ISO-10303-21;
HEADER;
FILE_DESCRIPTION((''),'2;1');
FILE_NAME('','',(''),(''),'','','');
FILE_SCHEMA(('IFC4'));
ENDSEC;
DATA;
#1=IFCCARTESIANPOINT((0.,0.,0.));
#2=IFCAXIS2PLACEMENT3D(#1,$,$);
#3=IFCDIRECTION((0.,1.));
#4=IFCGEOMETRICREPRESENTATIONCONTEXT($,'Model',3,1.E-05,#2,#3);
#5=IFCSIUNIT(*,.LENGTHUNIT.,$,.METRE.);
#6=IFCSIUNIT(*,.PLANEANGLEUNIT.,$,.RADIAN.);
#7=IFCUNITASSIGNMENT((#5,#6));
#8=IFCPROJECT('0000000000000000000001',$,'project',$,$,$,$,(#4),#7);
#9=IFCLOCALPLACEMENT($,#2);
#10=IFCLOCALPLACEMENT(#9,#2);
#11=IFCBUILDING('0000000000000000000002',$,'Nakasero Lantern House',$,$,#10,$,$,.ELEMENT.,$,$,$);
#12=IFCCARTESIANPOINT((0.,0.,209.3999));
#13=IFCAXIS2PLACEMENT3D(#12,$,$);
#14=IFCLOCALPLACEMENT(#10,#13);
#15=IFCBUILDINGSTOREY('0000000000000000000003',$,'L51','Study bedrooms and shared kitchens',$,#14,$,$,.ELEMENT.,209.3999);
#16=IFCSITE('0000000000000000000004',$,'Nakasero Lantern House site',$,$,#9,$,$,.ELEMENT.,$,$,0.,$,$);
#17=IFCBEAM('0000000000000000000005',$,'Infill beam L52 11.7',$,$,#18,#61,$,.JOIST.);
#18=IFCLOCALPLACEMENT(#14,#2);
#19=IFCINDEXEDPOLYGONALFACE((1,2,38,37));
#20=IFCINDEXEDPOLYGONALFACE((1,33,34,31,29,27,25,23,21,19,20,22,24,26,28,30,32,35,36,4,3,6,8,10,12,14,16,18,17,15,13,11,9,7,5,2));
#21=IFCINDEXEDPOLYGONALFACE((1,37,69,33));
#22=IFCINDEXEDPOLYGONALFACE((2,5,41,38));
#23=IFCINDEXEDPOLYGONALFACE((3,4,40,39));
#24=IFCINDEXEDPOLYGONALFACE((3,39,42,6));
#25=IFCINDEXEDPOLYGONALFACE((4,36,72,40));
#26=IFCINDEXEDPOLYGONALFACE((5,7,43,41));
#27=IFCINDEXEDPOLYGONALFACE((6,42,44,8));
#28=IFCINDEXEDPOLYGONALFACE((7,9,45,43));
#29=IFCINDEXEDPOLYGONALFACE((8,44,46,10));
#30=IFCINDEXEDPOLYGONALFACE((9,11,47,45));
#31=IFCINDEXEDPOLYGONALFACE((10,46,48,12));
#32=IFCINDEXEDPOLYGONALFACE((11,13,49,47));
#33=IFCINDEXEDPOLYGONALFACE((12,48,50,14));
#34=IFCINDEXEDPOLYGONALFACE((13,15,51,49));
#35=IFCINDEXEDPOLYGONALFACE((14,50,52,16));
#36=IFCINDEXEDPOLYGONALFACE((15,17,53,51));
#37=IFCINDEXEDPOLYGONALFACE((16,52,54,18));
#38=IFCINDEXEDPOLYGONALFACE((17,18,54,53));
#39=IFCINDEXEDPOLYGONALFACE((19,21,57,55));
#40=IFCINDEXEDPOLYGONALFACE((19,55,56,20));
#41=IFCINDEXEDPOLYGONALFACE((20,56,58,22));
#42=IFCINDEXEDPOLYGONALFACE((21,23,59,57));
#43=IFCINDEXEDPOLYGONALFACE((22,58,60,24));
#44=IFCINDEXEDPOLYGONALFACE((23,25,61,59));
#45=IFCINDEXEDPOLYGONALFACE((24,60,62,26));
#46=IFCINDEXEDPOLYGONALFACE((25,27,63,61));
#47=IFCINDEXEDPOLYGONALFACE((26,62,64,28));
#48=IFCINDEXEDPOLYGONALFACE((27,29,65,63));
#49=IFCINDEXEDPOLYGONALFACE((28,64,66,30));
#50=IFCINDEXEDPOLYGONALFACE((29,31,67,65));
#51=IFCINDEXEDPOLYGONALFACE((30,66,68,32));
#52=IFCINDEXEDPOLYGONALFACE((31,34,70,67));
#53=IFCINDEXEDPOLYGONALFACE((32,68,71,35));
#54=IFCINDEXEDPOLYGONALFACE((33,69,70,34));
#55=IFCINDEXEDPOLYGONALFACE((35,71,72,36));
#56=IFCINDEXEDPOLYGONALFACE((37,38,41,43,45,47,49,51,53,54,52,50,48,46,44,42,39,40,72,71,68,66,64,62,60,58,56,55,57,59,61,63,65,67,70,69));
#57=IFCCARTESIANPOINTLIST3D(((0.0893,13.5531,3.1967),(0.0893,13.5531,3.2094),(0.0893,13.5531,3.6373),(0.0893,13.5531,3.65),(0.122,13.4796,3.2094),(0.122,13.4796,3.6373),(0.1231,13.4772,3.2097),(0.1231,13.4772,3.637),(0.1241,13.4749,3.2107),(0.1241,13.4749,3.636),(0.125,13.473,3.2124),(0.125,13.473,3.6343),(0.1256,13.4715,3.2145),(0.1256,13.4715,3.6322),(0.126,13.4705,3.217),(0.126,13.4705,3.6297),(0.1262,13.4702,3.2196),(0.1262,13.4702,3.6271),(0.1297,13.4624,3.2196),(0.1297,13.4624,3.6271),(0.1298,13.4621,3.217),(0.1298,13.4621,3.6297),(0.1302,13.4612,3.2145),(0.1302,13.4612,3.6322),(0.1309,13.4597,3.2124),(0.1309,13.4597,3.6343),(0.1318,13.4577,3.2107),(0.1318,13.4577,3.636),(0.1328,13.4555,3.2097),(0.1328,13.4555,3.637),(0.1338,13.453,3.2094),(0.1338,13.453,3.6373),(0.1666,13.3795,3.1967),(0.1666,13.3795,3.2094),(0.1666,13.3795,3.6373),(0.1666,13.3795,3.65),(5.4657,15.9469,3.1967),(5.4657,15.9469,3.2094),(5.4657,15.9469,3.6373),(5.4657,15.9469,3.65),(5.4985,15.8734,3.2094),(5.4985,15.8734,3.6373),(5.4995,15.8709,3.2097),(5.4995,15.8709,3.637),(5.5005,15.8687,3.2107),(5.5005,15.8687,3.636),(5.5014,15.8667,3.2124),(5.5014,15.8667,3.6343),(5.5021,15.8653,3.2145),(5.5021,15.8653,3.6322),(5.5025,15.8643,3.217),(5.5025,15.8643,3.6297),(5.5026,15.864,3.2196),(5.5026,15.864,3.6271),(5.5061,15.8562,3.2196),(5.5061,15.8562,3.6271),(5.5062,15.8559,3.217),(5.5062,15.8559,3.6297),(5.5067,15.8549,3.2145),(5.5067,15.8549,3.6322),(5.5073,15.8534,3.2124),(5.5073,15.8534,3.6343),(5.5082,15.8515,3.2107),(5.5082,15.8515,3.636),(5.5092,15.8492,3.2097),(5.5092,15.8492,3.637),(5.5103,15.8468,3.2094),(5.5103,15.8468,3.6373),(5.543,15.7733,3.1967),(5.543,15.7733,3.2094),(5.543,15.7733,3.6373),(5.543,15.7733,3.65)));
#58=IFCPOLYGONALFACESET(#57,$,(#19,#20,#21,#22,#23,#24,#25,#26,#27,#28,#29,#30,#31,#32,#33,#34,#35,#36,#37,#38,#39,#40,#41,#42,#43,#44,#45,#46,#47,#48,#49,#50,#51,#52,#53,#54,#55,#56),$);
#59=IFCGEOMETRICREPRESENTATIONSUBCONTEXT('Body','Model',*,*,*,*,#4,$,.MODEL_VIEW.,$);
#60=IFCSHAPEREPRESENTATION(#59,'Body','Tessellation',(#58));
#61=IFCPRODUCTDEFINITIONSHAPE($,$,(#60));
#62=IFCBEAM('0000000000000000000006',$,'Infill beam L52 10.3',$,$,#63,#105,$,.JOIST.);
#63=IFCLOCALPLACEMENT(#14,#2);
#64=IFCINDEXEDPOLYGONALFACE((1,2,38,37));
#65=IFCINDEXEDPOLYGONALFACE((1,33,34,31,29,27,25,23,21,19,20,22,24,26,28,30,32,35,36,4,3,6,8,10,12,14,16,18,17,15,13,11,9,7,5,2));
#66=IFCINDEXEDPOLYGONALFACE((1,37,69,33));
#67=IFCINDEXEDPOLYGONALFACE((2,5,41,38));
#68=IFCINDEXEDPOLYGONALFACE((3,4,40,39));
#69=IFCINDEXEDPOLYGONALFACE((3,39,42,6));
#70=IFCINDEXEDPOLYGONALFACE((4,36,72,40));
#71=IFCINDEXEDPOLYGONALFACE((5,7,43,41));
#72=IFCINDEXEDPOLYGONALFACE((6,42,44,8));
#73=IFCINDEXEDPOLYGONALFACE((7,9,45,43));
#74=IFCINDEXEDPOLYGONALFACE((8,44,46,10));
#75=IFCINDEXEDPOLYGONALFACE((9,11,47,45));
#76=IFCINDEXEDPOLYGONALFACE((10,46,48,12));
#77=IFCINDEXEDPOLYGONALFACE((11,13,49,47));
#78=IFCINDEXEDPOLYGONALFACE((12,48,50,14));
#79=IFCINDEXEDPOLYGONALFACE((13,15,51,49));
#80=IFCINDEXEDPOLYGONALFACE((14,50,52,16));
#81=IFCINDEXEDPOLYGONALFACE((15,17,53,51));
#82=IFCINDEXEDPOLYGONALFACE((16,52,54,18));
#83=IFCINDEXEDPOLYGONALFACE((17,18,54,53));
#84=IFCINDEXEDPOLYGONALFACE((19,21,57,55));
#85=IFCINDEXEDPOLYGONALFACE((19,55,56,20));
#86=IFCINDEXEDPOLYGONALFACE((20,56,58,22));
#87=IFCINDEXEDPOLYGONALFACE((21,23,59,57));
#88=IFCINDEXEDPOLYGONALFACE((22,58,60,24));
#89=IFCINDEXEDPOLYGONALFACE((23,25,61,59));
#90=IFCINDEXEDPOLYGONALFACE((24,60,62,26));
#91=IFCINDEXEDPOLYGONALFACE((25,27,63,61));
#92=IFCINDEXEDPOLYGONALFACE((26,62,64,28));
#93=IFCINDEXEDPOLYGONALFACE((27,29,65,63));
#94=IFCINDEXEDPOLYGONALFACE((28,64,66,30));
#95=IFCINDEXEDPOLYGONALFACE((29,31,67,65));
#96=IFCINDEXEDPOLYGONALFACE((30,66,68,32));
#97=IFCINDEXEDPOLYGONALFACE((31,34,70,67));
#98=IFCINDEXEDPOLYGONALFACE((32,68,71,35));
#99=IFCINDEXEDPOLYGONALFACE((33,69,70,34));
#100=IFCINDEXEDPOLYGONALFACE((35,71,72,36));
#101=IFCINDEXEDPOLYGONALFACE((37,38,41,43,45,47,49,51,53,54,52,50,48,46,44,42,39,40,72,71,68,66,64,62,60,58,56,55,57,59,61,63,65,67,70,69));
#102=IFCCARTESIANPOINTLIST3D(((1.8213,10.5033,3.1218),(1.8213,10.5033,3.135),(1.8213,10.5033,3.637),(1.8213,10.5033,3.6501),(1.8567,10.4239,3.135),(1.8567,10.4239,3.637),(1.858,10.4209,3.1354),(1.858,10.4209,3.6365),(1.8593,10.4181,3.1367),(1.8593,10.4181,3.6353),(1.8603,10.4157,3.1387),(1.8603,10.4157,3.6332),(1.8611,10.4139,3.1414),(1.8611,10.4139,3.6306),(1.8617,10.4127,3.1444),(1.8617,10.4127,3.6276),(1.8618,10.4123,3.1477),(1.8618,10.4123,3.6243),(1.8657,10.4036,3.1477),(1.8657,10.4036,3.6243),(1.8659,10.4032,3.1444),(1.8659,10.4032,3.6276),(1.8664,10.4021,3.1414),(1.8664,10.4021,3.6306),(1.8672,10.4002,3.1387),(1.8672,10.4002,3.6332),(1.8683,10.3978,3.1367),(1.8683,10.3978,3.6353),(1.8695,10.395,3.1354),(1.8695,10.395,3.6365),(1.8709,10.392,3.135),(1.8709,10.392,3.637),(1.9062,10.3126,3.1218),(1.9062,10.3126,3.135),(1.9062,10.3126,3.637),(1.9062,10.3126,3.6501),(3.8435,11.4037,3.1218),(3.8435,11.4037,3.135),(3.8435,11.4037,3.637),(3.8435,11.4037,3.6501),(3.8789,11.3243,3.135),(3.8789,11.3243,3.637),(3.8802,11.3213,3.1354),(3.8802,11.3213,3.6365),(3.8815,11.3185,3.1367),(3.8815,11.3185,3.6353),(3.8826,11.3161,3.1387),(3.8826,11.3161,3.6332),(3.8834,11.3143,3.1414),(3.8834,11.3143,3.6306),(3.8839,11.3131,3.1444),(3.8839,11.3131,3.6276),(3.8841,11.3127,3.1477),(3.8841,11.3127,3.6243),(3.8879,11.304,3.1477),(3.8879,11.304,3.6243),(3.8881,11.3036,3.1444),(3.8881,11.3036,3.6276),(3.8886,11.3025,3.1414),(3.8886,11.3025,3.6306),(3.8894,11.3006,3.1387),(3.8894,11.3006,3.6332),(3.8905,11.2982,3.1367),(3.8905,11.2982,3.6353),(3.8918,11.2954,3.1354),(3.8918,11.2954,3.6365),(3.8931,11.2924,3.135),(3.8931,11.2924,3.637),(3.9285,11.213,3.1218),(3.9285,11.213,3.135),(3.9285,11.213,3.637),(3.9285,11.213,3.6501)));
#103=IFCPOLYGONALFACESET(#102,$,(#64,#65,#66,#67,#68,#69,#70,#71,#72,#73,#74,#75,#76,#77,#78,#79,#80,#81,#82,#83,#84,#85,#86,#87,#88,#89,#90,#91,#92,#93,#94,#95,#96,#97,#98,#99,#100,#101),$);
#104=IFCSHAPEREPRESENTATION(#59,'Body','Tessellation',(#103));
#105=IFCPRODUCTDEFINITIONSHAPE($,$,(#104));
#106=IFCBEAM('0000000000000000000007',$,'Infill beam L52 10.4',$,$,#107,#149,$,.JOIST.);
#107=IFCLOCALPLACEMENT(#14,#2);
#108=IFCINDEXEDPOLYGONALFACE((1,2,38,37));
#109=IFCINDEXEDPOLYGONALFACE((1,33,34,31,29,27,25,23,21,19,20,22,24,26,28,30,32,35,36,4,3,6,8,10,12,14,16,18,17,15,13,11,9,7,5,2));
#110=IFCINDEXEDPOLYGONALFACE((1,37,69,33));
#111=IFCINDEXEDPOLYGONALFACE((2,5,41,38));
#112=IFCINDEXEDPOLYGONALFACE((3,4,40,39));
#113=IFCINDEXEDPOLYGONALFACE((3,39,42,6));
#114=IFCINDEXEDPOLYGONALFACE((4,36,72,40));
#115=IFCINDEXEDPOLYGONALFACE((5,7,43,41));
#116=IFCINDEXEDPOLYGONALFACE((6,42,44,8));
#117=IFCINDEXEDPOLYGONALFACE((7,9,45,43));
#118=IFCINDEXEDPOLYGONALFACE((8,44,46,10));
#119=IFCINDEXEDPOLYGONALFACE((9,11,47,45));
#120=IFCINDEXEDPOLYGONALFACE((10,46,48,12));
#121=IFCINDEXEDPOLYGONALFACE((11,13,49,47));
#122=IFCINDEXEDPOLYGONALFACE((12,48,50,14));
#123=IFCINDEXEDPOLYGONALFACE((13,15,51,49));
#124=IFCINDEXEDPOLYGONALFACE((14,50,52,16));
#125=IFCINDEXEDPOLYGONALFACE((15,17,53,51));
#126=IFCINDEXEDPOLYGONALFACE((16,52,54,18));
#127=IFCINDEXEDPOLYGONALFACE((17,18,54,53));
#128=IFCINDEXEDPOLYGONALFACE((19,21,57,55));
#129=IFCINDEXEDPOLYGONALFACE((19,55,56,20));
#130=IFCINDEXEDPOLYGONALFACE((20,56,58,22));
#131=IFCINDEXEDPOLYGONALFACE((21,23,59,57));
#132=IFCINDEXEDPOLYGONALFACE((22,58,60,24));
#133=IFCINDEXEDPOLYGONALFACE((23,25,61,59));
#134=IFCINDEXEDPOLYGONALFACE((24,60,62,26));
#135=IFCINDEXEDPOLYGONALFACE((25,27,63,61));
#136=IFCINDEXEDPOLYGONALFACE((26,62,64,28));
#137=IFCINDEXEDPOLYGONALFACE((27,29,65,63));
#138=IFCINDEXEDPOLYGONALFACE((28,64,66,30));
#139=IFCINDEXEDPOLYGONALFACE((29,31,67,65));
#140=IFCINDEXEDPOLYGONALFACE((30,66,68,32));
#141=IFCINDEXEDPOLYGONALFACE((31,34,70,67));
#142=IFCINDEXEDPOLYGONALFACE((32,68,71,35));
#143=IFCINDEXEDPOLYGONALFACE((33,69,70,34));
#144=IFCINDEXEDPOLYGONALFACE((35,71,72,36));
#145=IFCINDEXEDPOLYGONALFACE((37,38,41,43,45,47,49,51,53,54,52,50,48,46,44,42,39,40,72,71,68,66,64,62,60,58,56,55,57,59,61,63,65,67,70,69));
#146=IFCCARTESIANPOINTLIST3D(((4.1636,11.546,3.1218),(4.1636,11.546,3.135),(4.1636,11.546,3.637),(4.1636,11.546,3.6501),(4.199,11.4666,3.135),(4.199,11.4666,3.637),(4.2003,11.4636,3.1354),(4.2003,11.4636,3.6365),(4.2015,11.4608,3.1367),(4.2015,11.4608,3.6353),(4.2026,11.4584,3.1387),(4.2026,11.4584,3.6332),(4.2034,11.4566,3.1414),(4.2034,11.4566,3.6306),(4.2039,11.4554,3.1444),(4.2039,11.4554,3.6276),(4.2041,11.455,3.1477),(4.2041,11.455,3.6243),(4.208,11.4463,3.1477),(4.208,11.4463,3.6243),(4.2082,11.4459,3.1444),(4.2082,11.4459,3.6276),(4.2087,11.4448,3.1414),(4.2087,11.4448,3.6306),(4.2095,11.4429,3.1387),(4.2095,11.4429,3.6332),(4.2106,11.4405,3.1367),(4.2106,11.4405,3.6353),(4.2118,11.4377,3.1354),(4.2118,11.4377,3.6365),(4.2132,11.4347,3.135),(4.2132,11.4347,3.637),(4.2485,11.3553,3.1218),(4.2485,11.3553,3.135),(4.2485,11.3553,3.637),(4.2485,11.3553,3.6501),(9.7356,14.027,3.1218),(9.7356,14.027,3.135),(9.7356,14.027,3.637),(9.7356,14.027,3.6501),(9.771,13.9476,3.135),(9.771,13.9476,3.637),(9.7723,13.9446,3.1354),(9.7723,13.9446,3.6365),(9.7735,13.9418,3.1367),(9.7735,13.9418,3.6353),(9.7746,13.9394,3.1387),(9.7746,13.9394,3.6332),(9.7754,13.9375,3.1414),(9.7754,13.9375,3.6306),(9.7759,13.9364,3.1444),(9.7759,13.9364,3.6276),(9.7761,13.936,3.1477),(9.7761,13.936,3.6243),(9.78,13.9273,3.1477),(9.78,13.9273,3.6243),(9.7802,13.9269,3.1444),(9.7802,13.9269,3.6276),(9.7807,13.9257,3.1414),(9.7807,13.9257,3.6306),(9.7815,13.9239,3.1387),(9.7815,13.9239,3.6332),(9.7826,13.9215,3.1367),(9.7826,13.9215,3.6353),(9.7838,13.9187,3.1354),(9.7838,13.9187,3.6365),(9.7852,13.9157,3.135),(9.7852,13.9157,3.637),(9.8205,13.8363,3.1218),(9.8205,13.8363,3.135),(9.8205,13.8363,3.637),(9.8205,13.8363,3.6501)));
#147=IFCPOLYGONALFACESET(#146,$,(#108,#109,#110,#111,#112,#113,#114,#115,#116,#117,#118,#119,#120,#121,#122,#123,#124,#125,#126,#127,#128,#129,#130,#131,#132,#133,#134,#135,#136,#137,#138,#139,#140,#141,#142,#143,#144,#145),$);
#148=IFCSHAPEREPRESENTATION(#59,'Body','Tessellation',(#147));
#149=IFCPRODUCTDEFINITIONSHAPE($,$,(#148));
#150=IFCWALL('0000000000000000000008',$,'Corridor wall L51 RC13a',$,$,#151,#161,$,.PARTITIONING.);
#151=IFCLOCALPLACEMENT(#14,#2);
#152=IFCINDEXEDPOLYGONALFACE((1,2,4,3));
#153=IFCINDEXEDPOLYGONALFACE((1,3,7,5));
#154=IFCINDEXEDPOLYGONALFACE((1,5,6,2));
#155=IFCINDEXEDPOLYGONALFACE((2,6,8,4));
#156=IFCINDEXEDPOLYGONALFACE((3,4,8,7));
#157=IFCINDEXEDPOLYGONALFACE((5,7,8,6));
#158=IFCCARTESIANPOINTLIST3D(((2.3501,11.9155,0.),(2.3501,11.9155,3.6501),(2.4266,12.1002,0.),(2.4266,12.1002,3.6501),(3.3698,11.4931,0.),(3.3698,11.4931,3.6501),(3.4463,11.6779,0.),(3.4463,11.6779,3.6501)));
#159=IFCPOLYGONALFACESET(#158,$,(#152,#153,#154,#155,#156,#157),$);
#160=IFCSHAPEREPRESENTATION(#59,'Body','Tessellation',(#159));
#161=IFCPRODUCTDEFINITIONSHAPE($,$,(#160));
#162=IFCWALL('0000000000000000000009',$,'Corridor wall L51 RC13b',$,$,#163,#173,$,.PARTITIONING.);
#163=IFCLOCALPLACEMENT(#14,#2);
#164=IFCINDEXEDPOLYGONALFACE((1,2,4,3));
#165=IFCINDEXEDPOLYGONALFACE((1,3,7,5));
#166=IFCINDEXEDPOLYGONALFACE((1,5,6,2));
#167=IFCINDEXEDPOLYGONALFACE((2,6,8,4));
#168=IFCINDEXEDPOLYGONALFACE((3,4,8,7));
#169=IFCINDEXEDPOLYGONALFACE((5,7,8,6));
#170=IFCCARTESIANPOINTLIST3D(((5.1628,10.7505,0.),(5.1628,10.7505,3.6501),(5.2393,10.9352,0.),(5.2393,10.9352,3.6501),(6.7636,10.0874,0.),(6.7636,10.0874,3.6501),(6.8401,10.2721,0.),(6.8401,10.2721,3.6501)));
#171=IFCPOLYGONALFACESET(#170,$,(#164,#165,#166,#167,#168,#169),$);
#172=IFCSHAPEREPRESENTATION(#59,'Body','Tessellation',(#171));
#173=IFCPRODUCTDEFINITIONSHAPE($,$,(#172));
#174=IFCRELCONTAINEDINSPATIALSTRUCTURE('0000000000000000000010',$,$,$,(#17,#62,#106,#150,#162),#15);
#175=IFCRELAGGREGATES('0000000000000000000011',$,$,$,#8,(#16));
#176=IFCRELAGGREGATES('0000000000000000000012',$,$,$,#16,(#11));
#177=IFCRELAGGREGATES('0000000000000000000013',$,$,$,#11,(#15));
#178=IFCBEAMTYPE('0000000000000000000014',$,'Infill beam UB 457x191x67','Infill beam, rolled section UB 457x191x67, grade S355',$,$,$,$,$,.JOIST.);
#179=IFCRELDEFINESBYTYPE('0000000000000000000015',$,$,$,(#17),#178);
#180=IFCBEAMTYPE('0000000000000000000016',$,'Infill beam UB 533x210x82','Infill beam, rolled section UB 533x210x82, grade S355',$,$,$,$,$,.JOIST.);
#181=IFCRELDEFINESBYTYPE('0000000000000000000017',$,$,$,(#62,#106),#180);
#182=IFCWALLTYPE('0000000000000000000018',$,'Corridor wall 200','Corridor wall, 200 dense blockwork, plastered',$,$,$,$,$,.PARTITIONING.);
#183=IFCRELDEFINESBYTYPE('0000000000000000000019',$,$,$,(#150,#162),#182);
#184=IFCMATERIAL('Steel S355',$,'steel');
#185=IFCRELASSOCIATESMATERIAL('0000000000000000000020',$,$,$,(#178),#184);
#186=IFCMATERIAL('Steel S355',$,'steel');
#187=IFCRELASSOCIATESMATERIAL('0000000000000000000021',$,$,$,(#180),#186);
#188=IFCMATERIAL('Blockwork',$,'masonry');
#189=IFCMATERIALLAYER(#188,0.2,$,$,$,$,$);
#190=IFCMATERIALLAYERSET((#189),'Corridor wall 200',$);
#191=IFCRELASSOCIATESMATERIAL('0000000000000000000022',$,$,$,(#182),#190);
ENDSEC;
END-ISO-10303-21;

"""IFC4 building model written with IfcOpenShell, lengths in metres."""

from ifc_helpers import new_model, si_unit, direction, frame, frame_2d, origin, origin_2d, place, context, subcontext, project, spatial, rectangle, i_section, extrude, material, layer, layer_set, material_profile, profile_set, type_object, element, save


model = new_model("IFC4")

# Units and contexts
model_context = context("Model", 3, precision=1e-05, world=origin(), true_north=direction((0.0, 1.0)))
body_context = subcontext(model_context, "Body", "Model", "MODEL_VIEW")
ifc_project = project(units=[si_unit("LENGTHUNIT", "METRE"), si_unit("PLANEANGLEUNIT", "RADIAN")], contexts=[model_context])

# Site, building, storey
site_placement = place(None, origin())
site = spatial("IfcSite", under=ifc_project, at=site_placement, Name="Nakasero Lantern House site", CompositionType="ELEMENT", RefElevation=0.0)
building_placement = place(site_placement, origin())
building = spatial("IfcBuilding", under=site, at=building_placement, Name="Nakasero Lantern House", CompositionType="ELEMENT")
storey_placement = place(building_placement, frame((0.0, 0.0, 209.3999)))
storey = spatial("IfcBuildingStorey", under=building, at=storey_placement, Name="L51", Description="Study bedrooms and shared kitchens", CompositionType="ELEMENT", Elevation=209.3999)

# Beams
ifc_material_1 = material(Name="Steel S355", Category="steel")
ifc_material_profile_1 = material_profile(ifc_material_1, i_section(OverallWidth=0.1899, OverallDepth=0.4534, WebThickness=0.0085, FlangeThickness=0.0127, FilletRadius=0.0103, at=origin_2d()), Name="UB 457x191x67")
ifc_profile_set_1 = profile_set([ifc_material_profile_1], Name="Steel S355")
beam_type_1 = type_object("IfcBeamType", Name="Infill beam UB 457x191x67", Description="Infill beam, rolled section UB 457x191x67, grade S355", PredefinedType="JOIST", material=ifc_profile_set_1)
beam_1_placement = place(storey_placement, frame((0.1279, 13.4663, 3.4233), z_axis=(0.913543, 0.406743, 0.0), x_axis=(-0.406743, 0.913543, 0.0)))
element("IfcBeam", 1, at=beam_1_placement, inside=storey, type_object=beam_type_1, Name="Infill beam L52 11.7", PredefinedType="JOIST", context=body_context, shape_type="SweptSolid", body=[
    extrude(i_section(OverallWidth=0.1899, OverallDepth=0.4534, WebThickness=0.0085, FlangeThickness=0.0127, FilletRadius=0.0103, at=origin_2d()), origin(), (0.0, 0.0, 1.0), 5.8853),
])
ifc_material_2 = material(Name="Steel S355", Category="steel")
ifc_material_profile_2 = material_profile(ifc_material_2, i_section(OverallWidth=0.2087, OverallDepth=0.5283, WebThickness=0.0095, FlangeThickness=0.0132, FilletRadius=0.0127, at=origin_2d()), Name="UB 533x210x82")
ifc_profile_set_2 = profile_set([ifc_material_profile_2], Name="Steel S355")
beam_type_2 = type_object("IfcBeamType", Name="Infill beam UB 533x210x82", Description="Infill beam, rolled section UB 533x210x82, grade S355", PredefinedType="JOIST", material=ifc_profile_set_2)
beam_2_placement = place(storey_placement, frame((1.8638, 10.408, 3.386), z_axis=(0.913538, 0.406752, 0.0), x_axis=(-0.406752, 0.913538, 0.0)))
element("IfcBeam", 2, at=beam_2_placement, inside=storey, type_object=beam_type_2, Name="Infill beam L52 10.3", PredefinedType="JOIST", context=body_context, shape_type="SweptSolid", body=[
    extrude(i_section(OverallWidth=0.2087, OverallDepth=0.5283, WebThickness=0.0095, FlangeThickness=0.0132, FilletRadius=0.0127, at=origin_2d()), origin(), (0.0, 0.0, 1.0), 2.2136),
])
beam_3_placement = place(storey_placement, frame((4.2061, 11.4507, 3.386), z_axis=(0.913537, 0.406755, 0.0), x_axis=(-0.406755, 0.913537, 0.0)))
element("IfcBeam", 3, at=beam_3_placement, inside=storey, type_object=beam_type_2, Name="Infill beam L52 10.4", PredefinedType="JOIST", context=body_context, shape_type="SweptSolid", body=[
    extrude(i_section(OverallWidth=0.2087, OverallDepth=0.5283, WebThickness=0.0095, FlangeThickness=0.0132, FilletRadius=0.0127, at=origin_2d()), origin(), (0.0, 0.0, 1.0), 6.0994),
])

# Walls
ifc_material_3 = material(Name="Blockwork", Category="masonry")
ifc_layer_1 = layer(ifc_material_3, 0.2)
ifc_layer_set_1 = layer_set([ifc_layer_1], Name="Corridor wall 200")
wall_type_1 = type_object("IfcWallType", Name="Corridor wall 200", Description="Corridor wall, 200 dense blockwork, plastered", PredefinedType="PARTITIONING", material=ifc_layer_set_1)
wall_1_placement = place(storey_placement, frame((2.3884, 12.0078, 0.0), z_axis=(0.0, 0.0, 1.0), x_axis=(0.923893, -0.382651, 0.0)))
element("IfcWall", 4, at=wall_1_placement, inside=storey, type_object=wall_type_1, Name="Corridor wall L51 RC13a", PredefinedType="PARTITIONING", context=body_context, shape_type="SweptSolid", body=[
    extrude(rectangle(XDim=1.1038, YDim=0.2, at=frame_2d((0.5518, 0.0))), origin(), (0.0, 0.0, 1.0), 3.6501),
])
wall_2_placement = place(storey_placement, frame((5.2012, 10.8428, 0.0), z_axis=(0.0, 0.0, 1.0), x_axis=(0.923879, -0.382684, 0.0)))
element("IfcWall", 5, at=wall_2_placement, inside=storey, type_object=wall_type_1, Name="Corridor wall L51 RC13b", PredefinedType="PARTITIONING", context=body_context, shape_type="SweptSolid", body=[
    extrude(rectangle(XDim=1.7327, YDim=0.2, at=frame_2d((0.8662, 0.0))), origin(), (0.0, 0.0, 1.0), 3.6501),
])

save(model, "model.ifc")
